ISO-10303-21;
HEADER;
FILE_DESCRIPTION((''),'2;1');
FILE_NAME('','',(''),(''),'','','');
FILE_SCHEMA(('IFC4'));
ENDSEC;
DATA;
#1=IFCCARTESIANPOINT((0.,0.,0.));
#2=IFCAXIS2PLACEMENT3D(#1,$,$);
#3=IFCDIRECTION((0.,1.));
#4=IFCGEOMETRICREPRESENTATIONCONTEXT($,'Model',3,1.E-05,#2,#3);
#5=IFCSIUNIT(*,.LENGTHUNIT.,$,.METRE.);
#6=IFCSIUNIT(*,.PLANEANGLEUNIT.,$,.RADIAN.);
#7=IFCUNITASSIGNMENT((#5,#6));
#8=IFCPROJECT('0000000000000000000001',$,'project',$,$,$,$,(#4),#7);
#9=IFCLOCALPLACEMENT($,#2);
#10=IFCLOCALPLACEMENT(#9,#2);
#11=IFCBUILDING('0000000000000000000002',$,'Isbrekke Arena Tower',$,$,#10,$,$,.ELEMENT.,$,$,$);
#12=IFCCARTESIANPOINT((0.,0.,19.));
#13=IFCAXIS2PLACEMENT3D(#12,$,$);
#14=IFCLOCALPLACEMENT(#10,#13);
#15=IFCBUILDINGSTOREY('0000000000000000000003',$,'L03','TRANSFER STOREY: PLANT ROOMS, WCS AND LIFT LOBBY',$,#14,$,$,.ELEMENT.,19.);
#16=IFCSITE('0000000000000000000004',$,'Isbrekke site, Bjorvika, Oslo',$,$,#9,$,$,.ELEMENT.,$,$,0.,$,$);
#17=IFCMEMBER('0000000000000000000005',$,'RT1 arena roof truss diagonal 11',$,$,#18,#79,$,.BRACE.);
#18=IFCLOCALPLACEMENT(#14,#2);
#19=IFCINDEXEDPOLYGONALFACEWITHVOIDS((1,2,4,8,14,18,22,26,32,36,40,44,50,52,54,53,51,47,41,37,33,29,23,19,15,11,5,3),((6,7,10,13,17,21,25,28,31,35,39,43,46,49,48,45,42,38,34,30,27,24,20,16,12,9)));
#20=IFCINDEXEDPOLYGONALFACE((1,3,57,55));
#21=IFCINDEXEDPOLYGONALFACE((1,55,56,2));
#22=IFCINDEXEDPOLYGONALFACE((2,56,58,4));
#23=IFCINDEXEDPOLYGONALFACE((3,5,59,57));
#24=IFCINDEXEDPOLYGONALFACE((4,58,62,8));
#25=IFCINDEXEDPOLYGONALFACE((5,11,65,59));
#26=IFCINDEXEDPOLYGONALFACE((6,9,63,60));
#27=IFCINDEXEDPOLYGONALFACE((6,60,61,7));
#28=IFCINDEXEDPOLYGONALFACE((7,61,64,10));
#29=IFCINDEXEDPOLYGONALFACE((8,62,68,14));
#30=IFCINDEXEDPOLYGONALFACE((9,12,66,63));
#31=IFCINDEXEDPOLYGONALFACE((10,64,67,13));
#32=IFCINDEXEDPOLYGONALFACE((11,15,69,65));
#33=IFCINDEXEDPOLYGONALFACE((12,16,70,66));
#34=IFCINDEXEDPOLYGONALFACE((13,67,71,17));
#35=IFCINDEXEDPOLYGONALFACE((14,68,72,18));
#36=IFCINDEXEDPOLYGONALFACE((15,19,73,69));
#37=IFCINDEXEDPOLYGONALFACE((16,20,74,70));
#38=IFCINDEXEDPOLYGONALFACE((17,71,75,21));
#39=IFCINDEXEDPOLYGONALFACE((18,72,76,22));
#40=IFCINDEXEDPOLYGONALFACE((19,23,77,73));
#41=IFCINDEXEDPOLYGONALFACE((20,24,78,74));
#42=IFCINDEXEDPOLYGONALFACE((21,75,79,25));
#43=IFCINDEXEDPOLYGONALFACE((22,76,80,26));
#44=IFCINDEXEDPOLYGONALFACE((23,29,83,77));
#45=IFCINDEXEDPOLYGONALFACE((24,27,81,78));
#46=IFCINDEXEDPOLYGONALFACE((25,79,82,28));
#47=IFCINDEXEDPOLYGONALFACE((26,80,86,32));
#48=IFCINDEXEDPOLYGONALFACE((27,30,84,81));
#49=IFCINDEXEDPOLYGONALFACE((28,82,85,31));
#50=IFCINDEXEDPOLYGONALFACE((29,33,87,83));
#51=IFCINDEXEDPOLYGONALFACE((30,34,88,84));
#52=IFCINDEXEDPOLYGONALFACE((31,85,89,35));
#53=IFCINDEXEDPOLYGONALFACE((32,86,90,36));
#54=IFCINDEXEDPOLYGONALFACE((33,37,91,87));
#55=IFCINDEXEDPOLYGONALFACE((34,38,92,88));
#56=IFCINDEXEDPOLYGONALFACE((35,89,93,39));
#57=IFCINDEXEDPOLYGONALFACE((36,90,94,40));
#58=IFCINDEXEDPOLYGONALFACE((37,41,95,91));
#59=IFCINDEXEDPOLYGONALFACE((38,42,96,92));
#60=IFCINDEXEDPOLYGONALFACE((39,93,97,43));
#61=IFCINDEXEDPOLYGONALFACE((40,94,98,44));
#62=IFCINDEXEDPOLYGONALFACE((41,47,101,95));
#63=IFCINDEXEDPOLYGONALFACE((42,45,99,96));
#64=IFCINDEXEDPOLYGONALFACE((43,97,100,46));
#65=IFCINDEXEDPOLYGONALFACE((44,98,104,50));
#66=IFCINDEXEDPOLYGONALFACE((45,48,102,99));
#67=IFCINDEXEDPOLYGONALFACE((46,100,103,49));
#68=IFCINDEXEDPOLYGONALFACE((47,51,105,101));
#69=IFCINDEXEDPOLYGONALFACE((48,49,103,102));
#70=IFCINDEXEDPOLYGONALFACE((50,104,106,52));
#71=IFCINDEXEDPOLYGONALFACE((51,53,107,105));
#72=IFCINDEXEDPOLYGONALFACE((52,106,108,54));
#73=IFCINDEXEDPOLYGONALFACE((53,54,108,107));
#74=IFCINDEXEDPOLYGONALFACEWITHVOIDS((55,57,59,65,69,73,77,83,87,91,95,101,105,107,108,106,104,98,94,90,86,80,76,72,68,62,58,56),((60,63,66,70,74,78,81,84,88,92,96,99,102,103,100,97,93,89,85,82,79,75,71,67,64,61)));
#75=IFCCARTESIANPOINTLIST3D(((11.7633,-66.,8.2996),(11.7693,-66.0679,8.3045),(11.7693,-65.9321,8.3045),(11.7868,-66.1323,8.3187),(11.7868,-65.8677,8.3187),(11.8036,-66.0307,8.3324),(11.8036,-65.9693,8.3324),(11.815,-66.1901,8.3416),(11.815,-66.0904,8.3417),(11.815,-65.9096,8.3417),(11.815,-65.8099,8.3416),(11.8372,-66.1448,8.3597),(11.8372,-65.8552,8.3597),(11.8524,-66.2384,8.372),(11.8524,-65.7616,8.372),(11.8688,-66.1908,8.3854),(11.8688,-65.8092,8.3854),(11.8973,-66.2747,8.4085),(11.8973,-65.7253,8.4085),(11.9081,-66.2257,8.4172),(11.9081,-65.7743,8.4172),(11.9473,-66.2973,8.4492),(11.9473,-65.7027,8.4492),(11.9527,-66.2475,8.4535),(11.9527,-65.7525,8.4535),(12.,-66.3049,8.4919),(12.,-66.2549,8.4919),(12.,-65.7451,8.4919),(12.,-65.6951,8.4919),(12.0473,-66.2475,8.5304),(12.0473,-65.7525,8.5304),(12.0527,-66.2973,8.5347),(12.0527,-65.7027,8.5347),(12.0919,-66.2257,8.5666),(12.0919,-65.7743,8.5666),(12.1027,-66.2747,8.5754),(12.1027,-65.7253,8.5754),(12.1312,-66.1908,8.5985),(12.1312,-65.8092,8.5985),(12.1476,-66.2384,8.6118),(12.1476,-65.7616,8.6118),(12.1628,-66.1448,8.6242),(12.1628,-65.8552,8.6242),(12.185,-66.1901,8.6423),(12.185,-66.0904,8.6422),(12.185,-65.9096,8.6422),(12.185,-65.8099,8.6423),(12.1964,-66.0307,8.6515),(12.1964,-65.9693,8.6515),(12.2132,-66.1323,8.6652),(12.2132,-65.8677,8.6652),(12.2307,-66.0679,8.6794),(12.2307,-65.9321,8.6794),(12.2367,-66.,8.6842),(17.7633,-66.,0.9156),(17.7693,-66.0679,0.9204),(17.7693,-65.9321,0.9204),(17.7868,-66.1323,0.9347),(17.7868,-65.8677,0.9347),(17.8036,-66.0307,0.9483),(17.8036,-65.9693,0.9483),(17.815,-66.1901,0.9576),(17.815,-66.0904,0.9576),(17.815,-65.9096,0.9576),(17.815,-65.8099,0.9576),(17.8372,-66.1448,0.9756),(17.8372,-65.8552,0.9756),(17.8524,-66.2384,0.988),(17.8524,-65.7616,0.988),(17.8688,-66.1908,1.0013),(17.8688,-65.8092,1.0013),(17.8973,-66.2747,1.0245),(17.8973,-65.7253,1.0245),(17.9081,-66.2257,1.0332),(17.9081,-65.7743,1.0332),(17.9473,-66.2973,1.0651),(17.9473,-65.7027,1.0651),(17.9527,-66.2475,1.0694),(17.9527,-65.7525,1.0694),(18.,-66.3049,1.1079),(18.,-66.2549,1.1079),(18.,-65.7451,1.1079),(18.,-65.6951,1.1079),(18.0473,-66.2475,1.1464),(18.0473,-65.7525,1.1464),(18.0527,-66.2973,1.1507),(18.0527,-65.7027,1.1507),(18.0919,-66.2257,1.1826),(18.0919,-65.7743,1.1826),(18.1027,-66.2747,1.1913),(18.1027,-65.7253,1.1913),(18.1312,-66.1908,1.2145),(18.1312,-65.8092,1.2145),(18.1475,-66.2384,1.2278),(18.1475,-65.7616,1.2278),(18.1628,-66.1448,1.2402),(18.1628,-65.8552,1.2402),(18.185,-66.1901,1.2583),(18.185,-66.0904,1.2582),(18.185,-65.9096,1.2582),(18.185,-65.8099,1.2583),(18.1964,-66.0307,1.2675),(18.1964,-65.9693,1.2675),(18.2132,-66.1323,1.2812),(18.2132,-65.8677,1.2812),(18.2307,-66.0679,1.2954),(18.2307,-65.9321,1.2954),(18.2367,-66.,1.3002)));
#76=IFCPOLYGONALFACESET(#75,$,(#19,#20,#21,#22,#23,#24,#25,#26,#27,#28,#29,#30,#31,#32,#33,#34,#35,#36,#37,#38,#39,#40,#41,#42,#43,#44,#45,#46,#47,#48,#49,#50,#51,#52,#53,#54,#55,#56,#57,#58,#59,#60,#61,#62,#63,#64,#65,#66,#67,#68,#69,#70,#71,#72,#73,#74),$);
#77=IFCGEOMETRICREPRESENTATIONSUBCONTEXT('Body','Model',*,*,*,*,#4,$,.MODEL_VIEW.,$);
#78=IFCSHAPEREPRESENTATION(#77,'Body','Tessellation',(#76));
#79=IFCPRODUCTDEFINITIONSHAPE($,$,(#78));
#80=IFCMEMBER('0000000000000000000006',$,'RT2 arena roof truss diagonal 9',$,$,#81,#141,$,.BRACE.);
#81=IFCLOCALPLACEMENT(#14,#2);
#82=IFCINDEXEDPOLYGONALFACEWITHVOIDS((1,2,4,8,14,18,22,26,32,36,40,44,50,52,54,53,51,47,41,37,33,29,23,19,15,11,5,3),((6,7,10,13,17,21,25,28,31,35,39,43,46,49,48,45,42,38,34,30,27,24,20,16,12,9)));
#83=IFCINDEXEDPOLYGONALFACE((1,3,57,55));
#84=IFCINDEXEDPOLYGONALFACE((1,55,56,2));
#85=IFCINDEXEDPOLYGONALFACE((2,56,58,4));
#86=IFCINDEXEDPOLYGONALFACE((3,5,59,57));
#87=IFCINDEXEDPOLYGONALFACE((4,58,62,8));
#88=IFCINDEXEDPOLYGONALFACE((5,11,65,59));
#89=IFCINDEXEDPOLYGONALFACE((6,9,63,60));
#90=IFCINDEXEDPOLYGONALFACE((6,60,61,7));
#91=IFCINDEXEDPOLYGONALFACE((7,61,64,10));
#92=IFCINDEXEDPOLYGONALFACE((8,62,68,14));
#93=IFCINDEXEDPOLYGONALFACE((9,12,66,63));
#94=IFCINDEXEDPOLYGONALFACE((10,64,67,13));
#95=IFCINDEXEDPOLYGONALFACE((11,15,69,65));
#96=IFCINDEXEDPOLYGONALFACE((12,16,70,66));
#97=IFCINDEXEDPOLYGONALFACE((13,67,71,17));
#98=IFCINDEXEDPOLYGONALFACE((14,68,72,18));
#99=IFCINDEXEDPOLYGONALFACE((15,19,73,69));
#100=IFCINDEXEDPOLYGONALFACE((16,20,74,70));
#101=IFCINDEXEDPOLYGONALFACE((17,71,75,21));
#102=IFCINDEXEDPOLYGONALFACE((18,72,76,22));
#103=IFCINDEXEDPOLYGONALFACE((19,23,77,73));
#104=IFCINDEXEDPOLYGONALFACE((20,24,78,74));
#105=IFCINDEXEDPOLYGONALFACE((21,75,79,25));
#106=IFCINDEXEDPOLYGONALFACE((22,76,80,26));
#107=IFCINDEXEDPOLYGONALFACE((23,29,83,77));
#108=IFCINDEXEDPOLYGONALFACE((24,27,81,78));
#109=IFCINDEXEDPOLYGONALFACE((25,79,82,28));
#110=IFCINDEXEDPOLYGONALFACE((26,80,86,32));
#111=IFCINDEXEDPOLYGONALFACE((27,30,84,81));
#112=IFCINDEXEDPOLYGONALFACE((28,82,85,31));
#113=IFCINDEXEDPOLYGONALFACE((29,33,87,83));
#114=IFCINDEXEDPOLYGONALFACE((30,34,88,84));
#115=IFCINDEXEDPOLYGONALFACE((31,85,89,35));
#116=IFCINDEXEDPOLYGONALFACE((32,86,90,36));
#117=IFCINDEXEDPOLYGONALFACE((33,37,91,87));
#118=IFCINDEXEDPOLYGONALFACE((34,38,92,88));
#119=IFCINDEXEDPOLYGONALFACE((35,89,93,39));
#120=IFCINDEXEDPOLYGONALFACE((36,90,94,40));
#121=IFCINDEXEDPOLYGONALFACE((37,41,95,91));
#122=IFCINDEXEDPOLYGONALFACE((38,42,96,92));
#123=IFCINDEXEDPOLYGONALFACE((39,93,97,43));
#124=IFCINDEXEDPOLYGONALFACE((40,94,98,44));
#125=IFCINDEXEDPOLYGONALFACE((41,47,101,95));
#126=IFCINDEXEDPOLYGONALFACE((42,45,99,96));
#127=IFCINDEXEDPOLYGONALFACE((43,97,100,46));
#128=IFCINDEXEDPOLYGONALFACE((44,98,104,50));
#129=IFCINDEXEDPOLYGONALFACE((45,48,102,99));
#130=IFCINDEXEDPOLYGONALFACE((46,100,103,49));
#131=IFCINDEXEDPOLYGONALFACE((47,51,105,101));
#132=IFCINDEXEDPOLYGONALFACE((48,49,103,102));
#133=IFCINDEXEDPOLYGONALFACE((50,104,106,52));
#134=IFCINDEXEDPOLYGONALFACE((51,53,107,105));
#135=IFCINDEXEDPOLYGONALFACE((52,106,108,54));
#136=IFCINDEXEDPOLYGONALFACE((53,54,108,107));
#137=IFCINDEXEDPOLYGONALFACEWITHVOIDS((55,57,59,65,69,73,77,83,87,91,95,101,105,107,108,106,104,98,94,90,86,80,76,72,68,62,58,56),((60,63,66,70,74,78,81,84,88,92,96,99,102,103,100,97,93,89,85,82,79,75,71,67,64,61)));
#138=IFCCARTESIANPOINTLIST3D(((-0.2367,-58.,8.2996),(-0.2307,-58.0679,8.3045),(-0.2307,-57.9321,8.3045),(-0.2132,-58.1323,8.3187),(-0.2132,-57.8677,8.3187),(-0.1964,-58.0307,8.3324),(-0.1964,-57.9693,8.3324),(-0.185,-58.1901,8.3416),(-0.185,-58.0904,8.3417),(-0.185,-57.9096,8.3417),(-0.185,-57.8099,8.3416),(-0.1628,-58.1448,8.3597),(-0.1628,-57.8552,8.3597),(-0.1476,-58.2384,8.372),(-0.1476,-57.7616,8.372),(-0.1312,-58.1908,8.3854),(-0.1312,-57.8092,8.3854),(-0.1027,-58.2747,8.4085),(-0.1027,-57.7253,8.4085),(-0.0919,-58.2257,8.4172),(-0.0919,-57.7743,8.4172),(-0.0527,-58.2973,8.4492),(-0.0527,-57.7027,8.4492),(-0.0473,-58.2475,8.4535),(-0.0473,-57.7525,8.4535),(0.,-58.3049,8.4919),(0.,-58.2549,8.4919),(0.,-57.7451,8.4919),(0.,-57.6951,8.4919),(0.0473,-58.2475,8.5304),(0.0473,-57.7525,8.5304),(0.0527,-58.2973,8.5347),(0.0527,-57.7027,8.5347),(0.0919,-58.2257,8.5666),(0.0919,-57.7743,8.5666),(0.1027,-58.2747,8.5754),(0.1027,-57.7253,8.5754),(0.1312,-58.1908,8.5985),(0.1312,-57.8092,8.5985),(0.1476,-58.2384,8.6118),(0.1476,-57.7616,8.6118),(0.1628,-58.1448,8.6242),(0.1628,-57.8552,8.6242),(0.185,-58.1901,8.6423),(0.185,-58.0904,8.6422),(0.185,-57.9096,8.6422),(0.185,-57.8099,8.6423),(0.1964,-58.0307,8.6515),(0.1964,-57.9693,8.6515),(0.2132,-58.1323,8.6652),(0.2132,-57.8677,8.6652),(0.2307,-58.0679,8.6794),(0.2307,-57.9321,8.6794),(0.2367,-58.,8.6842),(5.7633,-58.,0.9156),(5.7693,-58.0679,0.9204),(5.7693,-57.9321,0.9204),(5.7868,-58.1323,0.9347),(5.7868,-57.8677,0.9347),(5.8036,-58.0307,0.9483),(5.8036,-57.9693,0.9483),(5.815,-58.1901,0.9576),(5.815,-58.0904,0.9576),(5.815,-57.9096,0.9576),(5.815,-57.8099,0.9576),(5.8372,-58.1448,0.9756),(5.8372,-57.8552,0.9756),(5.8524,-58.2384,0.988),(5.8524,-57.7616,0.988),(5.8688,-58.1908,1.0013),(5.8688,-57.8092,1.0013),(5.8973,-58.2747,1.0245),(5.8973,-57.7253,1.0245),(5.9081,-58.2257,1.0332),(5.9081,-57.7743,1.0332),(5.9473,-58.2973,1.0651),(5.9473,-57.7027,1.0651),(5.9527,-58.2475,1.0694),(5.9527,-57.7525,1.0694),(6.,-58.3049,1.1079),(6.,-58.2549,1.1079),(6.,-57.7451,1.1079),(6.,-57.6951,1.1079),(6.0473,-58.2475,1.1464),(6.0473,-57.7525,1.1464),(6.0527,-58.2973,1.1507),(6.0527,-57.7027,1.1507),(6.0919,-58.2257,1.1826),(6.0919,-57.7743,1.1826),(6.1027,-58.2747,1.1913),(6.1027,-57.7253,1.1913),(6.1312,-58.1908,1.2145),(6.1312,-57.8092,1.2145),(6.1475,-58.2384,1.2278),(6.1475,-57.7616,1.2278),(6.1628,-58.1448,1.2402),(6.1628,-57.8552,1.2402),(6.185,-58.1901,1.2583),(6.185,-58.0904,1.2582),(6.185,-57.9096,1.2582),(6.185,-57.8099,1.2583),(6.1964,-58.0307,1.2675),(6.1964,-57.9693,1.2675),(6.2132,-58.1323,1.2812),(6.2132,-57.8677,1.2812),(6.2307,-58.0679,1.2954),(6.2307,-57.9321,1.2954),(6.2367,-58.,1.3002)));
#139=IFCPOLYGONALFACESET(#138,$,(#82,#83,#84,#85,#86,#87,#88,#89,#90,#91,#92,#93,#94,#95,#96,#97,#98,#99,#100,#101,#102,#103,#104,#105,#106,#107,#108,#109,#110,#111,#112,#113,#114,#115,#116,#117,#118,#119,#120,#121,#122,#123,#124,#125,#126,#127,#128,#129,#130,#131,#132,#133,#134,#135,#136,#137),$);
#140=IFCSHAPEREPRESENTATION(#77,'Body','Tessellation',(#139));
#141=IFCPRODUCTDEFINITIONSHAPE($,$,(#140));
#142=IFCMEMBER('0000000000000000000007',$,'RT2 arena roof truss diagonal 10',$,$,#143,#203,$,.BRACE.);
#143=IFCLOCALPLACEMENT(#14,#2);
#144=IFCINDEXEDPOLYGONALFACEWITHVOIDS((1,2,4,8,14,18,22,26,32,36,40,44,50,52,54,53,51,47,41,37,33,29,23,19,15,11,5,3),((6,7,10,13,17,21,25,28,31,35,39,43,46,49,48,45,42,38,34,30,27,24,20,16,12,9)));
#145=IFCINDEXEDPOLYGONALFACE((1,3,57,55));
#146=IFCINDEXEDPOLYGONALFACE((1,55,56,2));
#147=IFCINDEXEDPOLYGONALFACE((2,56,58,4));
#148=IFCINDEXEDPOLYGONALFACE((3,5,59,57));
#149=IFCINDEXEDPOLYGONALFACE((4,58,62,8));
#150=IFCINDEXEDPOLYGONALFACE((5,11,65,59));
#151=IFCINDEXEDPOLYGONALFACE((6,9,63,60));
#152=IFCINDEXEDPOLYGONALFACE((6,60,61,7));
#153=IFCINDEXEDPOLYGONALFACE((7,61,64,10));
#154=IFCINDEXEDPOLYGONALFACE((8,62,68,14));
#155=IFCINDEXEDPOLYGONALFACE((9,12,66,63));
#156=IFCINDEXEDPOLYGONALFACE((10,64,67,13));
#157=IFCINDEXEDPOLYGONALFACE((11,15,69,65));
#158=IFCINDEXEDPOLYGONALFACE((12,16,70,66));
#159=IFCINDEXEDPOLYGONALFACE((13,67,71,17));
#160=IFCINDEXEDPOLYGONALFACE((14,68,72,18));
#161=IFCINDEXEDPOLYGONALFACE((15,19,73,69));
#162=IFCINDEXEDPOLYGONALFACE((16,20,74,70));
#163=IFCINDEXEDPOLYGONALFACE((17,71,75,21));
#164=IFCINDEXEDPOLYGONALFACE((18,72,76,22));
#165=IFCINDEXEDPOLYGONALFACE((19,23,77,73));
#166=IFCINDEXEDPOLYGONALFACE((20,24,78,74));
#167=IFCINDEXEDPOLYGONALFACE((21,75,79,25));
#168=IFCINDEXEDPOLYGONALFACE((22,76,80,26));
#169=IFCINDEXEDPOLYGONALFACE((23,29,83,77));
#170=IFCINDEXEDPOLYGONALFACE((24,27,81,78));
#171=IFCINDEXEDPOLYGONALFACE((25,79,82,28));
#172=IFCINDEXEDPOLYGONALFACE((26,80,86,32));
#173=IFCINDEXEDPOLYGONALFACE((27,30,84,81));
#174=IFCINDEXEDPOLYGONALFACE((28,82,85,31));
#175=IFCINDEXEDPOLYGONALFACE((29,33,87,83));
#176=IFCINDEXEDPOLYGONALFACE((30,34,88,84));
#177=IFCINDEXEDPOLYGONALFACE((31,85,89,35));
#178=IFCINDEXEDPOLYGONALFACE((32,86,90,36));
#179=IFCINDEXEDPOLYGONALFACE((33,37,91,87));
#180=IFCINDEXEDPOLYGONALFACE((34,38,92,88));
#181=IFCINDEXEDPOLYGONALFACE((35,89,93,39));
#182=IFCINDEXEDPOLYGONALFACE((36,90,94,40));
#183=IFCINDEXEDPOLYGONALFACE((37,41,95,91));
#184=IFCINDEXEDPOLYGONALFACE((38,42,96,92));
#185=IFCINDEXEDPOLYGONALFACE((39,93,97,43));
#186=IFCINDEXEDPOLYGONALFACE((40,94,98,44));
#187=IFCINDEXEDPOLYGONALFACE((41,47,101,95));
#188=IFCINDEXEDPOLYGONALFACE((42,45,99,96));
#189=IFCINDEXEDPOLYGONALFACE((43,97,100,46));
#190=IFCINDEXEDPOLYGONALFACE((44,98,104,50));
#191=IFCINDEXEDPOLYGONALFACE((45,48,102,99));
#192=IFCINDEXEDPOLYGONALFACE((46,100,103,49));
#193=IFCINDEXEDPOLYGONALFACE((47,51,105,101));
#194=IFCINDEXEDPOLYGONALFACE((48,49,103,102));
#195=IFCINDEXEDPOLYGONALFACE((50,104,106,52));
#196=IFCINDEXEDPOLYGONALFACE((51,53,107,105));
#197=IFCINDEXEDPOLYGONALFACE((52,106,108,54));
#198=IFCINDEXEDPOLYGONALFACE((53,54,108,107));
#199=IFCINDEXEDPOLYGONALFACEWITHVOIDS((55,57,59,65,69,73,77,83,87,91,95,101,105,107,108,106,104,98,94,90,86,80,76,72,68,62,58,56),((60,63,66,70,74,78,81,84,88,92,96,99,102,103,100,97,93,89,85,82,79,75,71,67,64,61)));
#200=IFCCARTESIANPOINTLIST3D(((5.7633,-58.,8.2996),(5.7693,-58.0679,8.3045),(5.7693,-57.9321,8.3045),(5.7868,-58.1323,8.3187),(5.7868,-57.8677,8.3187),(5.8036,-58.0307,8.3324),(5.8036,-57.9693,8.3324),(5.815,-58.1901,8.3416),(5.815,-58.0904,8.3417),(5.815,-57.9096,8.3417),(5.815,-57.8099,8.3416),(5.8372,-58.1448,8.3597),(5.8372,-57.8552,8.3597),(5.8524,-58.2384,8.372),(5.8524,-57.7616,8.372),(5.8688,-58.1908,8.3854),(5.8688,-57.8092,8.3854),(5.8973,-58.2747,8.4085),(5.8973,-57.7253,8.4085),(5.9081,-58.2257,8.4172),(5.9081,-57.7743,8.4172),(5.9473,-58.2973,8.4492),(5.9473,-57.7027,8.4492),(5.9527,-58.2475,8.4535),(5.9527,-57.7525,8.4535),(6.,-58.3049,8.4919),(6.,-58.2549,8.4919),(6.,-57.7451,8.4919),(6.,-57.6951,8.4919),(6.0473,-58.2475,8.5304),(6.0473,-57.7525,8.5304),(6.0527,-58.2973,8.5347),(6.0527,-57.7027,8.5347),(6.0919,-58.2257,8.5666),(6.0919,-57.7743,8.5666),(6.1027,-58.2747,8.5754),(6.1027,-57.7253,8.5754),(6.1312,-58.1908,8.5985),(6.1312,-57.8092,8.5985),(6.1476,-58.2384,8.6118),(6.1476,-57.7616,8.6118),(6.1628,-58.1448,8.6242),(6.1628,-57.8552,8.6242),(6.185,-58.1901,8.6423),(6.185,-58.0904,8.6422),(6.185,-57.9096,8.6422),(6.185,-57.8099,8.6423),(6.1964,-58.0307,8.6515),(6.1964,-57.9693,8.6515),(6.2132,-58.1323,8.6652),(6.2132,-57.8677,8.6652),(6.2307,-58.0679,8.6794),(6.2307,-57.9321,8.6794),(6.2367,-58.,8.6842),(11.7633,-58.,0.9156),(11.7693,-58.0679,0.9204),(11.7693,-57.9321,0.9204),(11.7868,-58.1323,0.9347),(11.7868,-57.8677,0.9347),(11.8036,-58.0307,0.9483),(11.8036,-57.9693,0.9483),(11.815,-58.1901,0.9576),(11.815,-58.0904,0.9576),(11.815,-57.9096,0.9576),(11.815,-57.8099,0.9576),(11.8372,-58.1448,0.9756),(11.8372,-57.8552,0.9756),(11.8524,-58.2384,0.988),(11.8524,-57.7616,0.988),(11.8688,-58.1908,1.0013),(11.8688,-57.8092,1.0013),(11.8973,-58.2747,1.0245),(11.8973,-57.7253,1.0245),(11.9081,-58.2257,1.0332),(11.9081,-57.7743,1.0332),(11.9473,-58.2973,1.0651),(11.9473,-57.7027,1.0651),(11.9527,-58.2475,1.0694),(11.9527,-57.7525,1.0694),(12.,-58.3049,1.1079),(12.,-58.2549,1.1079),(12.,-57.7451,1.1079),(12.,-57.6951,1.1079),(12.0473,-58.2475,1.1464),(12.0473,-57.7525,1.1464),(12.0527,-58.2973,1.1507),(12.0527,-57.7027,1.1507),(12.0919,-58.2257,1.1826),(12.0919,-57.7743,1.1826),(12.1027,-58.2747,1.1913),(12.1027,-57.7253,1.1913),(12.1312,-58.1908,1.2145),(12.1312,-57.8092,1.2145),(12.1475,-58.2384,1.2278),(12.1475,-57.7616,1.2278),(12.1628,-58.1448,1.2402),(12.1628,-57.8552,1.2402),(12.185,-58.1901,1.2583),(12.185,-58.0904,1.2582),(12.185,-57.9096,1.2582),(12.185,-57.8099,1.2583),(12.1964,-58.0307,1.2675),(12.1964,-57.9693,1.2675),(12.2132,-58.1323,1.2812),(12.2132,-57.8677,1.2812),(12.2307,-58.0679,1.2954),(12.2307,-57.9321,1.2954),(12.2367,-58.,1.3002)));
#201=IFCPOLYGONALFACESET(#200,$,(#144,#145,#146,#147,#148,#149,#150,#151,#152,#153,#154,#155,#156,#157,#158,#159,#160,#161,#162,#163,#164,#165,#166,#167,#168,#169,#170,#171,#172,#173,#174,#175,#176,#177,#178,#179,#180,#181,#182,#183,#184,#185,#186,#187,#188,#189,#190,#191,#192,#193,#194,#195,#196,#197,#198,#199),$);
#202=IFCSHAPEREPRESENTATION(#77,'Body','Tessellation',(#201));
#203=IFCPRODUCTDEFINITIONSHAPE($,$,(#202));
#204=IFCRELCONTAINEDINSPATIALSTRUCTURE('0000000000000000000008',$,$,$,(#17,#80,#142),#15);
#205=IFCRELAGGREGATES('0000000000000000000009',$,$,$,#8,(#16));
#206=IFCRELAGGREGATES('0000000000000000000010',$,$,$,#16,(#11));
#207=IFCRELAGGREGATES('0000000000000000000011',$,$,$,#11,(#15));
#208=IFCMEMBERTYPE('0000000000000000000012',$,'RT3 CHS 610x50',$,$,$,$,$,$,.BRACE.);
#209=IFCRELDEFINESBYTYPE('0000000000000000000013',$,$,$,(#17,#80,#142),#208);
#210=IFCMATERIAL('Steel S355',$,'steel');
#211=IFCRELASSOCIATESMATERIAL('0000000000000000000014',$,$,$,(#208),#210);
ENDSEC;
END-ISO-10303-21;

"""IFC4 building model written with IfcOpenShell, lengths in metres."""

from ifc_helpers import new_model, si_unit, direction, frame, origin, origin_2d, place, context, subcontext, project, spatial, hollow_circle, extrude, material, material_profile, profile_set, type_object, element, save


model = new_model("IFC4")

# Units and contexts
model_context = context("Model", 3, precision=1e-05, world=origin(), true_north=direction((0.0, 1.0)))
body_context = subcontext(model_context, "Body", "Model", "MODEL_VIEW")
ifc_project = project(units=[si_unit("LENGTHUNIT", "METRE"), si_unit("PLANEANGLEUNIT", "RADIAN")], contexts=[model_context])

# Site, building, storey
site_placement = place(None, origin())
site = spatial("IfcSite", under=ifc_project, at=site_placement, Name="Isbrekke site, Bjorvika, Oslo", CompositionType="ELEMENT", RefElevation=0.0)
building_placement = place(site_placement, origin())
building = spatial("IfcBuilding", under=site, at=building_placement, Name="Isbrekke Arena Tower", CompositionType="ELEMENT")
storey_placement = place(building_placement, frame((0.0, 0.0, 19.0)))
storey = spatial("IfcBuildingStorey", under=building, at=storey_placement, Name="L03", Description="TRANSFER STOREY: PLANT ROOMS, WCS AND LIFT LOBBY", CompositionType="ELEMENT", Elevation=19.0)

# Members
ifc_material_1 = material(Name="Steel S355", Category="steel")
ifc_material_profile_1 = material_profile(ifc_material_1, hollow_circle(Radius=0.3049, WallThickness=0.05, at=origin_2d()), Name="CHS 610x50")
ifc_profile_set_1 = profile_set([ifc_material_profile_1], Name="Steel S355")
member_type_1 = type_object("IfcMemberType", Name="RT3 CHS 610x50", PredefinedType="BRACE", material=ifc_profile_set_1)
for number, where, z_axis, x_axis, name in (
    (1, (12.0, -66.0, 8.4919), (0.630623, 0.0, -0.77609), (0.0, 1.0, 0.0), "RT1 arena roof truss diagonal 11"),
    (2, (0.0, -58.0, 8.4919), (0.630623, 0.0, -0.77609), (0.0, 1.0, 0.0), "RT2 arena roof truss diagonal 9"),
    (3, (6.0, -58.0, 8.4919), (0.630623, 0.0, -0.77609), (0.0, 1.0, 0.0), "RT2 arena roof truss diagonal 10"),
):
    element("IfcMember", number, at=place(storey_placement, frame(where, z_axis=z_axis, x_axis=x_axis)), inside=storey, type_object=member_type_1, Name=name, PredefinedType="BRACE", context=body_context, shape_type="SweptSolid", body=[
        extrude(hollow_circle(Radius=0.3049, WallThickness=0.05, at=origin_2d()), origin(), (0.0, 0.0, 1.0), 9.5144),
    ])

save(model, "model.ifc")
